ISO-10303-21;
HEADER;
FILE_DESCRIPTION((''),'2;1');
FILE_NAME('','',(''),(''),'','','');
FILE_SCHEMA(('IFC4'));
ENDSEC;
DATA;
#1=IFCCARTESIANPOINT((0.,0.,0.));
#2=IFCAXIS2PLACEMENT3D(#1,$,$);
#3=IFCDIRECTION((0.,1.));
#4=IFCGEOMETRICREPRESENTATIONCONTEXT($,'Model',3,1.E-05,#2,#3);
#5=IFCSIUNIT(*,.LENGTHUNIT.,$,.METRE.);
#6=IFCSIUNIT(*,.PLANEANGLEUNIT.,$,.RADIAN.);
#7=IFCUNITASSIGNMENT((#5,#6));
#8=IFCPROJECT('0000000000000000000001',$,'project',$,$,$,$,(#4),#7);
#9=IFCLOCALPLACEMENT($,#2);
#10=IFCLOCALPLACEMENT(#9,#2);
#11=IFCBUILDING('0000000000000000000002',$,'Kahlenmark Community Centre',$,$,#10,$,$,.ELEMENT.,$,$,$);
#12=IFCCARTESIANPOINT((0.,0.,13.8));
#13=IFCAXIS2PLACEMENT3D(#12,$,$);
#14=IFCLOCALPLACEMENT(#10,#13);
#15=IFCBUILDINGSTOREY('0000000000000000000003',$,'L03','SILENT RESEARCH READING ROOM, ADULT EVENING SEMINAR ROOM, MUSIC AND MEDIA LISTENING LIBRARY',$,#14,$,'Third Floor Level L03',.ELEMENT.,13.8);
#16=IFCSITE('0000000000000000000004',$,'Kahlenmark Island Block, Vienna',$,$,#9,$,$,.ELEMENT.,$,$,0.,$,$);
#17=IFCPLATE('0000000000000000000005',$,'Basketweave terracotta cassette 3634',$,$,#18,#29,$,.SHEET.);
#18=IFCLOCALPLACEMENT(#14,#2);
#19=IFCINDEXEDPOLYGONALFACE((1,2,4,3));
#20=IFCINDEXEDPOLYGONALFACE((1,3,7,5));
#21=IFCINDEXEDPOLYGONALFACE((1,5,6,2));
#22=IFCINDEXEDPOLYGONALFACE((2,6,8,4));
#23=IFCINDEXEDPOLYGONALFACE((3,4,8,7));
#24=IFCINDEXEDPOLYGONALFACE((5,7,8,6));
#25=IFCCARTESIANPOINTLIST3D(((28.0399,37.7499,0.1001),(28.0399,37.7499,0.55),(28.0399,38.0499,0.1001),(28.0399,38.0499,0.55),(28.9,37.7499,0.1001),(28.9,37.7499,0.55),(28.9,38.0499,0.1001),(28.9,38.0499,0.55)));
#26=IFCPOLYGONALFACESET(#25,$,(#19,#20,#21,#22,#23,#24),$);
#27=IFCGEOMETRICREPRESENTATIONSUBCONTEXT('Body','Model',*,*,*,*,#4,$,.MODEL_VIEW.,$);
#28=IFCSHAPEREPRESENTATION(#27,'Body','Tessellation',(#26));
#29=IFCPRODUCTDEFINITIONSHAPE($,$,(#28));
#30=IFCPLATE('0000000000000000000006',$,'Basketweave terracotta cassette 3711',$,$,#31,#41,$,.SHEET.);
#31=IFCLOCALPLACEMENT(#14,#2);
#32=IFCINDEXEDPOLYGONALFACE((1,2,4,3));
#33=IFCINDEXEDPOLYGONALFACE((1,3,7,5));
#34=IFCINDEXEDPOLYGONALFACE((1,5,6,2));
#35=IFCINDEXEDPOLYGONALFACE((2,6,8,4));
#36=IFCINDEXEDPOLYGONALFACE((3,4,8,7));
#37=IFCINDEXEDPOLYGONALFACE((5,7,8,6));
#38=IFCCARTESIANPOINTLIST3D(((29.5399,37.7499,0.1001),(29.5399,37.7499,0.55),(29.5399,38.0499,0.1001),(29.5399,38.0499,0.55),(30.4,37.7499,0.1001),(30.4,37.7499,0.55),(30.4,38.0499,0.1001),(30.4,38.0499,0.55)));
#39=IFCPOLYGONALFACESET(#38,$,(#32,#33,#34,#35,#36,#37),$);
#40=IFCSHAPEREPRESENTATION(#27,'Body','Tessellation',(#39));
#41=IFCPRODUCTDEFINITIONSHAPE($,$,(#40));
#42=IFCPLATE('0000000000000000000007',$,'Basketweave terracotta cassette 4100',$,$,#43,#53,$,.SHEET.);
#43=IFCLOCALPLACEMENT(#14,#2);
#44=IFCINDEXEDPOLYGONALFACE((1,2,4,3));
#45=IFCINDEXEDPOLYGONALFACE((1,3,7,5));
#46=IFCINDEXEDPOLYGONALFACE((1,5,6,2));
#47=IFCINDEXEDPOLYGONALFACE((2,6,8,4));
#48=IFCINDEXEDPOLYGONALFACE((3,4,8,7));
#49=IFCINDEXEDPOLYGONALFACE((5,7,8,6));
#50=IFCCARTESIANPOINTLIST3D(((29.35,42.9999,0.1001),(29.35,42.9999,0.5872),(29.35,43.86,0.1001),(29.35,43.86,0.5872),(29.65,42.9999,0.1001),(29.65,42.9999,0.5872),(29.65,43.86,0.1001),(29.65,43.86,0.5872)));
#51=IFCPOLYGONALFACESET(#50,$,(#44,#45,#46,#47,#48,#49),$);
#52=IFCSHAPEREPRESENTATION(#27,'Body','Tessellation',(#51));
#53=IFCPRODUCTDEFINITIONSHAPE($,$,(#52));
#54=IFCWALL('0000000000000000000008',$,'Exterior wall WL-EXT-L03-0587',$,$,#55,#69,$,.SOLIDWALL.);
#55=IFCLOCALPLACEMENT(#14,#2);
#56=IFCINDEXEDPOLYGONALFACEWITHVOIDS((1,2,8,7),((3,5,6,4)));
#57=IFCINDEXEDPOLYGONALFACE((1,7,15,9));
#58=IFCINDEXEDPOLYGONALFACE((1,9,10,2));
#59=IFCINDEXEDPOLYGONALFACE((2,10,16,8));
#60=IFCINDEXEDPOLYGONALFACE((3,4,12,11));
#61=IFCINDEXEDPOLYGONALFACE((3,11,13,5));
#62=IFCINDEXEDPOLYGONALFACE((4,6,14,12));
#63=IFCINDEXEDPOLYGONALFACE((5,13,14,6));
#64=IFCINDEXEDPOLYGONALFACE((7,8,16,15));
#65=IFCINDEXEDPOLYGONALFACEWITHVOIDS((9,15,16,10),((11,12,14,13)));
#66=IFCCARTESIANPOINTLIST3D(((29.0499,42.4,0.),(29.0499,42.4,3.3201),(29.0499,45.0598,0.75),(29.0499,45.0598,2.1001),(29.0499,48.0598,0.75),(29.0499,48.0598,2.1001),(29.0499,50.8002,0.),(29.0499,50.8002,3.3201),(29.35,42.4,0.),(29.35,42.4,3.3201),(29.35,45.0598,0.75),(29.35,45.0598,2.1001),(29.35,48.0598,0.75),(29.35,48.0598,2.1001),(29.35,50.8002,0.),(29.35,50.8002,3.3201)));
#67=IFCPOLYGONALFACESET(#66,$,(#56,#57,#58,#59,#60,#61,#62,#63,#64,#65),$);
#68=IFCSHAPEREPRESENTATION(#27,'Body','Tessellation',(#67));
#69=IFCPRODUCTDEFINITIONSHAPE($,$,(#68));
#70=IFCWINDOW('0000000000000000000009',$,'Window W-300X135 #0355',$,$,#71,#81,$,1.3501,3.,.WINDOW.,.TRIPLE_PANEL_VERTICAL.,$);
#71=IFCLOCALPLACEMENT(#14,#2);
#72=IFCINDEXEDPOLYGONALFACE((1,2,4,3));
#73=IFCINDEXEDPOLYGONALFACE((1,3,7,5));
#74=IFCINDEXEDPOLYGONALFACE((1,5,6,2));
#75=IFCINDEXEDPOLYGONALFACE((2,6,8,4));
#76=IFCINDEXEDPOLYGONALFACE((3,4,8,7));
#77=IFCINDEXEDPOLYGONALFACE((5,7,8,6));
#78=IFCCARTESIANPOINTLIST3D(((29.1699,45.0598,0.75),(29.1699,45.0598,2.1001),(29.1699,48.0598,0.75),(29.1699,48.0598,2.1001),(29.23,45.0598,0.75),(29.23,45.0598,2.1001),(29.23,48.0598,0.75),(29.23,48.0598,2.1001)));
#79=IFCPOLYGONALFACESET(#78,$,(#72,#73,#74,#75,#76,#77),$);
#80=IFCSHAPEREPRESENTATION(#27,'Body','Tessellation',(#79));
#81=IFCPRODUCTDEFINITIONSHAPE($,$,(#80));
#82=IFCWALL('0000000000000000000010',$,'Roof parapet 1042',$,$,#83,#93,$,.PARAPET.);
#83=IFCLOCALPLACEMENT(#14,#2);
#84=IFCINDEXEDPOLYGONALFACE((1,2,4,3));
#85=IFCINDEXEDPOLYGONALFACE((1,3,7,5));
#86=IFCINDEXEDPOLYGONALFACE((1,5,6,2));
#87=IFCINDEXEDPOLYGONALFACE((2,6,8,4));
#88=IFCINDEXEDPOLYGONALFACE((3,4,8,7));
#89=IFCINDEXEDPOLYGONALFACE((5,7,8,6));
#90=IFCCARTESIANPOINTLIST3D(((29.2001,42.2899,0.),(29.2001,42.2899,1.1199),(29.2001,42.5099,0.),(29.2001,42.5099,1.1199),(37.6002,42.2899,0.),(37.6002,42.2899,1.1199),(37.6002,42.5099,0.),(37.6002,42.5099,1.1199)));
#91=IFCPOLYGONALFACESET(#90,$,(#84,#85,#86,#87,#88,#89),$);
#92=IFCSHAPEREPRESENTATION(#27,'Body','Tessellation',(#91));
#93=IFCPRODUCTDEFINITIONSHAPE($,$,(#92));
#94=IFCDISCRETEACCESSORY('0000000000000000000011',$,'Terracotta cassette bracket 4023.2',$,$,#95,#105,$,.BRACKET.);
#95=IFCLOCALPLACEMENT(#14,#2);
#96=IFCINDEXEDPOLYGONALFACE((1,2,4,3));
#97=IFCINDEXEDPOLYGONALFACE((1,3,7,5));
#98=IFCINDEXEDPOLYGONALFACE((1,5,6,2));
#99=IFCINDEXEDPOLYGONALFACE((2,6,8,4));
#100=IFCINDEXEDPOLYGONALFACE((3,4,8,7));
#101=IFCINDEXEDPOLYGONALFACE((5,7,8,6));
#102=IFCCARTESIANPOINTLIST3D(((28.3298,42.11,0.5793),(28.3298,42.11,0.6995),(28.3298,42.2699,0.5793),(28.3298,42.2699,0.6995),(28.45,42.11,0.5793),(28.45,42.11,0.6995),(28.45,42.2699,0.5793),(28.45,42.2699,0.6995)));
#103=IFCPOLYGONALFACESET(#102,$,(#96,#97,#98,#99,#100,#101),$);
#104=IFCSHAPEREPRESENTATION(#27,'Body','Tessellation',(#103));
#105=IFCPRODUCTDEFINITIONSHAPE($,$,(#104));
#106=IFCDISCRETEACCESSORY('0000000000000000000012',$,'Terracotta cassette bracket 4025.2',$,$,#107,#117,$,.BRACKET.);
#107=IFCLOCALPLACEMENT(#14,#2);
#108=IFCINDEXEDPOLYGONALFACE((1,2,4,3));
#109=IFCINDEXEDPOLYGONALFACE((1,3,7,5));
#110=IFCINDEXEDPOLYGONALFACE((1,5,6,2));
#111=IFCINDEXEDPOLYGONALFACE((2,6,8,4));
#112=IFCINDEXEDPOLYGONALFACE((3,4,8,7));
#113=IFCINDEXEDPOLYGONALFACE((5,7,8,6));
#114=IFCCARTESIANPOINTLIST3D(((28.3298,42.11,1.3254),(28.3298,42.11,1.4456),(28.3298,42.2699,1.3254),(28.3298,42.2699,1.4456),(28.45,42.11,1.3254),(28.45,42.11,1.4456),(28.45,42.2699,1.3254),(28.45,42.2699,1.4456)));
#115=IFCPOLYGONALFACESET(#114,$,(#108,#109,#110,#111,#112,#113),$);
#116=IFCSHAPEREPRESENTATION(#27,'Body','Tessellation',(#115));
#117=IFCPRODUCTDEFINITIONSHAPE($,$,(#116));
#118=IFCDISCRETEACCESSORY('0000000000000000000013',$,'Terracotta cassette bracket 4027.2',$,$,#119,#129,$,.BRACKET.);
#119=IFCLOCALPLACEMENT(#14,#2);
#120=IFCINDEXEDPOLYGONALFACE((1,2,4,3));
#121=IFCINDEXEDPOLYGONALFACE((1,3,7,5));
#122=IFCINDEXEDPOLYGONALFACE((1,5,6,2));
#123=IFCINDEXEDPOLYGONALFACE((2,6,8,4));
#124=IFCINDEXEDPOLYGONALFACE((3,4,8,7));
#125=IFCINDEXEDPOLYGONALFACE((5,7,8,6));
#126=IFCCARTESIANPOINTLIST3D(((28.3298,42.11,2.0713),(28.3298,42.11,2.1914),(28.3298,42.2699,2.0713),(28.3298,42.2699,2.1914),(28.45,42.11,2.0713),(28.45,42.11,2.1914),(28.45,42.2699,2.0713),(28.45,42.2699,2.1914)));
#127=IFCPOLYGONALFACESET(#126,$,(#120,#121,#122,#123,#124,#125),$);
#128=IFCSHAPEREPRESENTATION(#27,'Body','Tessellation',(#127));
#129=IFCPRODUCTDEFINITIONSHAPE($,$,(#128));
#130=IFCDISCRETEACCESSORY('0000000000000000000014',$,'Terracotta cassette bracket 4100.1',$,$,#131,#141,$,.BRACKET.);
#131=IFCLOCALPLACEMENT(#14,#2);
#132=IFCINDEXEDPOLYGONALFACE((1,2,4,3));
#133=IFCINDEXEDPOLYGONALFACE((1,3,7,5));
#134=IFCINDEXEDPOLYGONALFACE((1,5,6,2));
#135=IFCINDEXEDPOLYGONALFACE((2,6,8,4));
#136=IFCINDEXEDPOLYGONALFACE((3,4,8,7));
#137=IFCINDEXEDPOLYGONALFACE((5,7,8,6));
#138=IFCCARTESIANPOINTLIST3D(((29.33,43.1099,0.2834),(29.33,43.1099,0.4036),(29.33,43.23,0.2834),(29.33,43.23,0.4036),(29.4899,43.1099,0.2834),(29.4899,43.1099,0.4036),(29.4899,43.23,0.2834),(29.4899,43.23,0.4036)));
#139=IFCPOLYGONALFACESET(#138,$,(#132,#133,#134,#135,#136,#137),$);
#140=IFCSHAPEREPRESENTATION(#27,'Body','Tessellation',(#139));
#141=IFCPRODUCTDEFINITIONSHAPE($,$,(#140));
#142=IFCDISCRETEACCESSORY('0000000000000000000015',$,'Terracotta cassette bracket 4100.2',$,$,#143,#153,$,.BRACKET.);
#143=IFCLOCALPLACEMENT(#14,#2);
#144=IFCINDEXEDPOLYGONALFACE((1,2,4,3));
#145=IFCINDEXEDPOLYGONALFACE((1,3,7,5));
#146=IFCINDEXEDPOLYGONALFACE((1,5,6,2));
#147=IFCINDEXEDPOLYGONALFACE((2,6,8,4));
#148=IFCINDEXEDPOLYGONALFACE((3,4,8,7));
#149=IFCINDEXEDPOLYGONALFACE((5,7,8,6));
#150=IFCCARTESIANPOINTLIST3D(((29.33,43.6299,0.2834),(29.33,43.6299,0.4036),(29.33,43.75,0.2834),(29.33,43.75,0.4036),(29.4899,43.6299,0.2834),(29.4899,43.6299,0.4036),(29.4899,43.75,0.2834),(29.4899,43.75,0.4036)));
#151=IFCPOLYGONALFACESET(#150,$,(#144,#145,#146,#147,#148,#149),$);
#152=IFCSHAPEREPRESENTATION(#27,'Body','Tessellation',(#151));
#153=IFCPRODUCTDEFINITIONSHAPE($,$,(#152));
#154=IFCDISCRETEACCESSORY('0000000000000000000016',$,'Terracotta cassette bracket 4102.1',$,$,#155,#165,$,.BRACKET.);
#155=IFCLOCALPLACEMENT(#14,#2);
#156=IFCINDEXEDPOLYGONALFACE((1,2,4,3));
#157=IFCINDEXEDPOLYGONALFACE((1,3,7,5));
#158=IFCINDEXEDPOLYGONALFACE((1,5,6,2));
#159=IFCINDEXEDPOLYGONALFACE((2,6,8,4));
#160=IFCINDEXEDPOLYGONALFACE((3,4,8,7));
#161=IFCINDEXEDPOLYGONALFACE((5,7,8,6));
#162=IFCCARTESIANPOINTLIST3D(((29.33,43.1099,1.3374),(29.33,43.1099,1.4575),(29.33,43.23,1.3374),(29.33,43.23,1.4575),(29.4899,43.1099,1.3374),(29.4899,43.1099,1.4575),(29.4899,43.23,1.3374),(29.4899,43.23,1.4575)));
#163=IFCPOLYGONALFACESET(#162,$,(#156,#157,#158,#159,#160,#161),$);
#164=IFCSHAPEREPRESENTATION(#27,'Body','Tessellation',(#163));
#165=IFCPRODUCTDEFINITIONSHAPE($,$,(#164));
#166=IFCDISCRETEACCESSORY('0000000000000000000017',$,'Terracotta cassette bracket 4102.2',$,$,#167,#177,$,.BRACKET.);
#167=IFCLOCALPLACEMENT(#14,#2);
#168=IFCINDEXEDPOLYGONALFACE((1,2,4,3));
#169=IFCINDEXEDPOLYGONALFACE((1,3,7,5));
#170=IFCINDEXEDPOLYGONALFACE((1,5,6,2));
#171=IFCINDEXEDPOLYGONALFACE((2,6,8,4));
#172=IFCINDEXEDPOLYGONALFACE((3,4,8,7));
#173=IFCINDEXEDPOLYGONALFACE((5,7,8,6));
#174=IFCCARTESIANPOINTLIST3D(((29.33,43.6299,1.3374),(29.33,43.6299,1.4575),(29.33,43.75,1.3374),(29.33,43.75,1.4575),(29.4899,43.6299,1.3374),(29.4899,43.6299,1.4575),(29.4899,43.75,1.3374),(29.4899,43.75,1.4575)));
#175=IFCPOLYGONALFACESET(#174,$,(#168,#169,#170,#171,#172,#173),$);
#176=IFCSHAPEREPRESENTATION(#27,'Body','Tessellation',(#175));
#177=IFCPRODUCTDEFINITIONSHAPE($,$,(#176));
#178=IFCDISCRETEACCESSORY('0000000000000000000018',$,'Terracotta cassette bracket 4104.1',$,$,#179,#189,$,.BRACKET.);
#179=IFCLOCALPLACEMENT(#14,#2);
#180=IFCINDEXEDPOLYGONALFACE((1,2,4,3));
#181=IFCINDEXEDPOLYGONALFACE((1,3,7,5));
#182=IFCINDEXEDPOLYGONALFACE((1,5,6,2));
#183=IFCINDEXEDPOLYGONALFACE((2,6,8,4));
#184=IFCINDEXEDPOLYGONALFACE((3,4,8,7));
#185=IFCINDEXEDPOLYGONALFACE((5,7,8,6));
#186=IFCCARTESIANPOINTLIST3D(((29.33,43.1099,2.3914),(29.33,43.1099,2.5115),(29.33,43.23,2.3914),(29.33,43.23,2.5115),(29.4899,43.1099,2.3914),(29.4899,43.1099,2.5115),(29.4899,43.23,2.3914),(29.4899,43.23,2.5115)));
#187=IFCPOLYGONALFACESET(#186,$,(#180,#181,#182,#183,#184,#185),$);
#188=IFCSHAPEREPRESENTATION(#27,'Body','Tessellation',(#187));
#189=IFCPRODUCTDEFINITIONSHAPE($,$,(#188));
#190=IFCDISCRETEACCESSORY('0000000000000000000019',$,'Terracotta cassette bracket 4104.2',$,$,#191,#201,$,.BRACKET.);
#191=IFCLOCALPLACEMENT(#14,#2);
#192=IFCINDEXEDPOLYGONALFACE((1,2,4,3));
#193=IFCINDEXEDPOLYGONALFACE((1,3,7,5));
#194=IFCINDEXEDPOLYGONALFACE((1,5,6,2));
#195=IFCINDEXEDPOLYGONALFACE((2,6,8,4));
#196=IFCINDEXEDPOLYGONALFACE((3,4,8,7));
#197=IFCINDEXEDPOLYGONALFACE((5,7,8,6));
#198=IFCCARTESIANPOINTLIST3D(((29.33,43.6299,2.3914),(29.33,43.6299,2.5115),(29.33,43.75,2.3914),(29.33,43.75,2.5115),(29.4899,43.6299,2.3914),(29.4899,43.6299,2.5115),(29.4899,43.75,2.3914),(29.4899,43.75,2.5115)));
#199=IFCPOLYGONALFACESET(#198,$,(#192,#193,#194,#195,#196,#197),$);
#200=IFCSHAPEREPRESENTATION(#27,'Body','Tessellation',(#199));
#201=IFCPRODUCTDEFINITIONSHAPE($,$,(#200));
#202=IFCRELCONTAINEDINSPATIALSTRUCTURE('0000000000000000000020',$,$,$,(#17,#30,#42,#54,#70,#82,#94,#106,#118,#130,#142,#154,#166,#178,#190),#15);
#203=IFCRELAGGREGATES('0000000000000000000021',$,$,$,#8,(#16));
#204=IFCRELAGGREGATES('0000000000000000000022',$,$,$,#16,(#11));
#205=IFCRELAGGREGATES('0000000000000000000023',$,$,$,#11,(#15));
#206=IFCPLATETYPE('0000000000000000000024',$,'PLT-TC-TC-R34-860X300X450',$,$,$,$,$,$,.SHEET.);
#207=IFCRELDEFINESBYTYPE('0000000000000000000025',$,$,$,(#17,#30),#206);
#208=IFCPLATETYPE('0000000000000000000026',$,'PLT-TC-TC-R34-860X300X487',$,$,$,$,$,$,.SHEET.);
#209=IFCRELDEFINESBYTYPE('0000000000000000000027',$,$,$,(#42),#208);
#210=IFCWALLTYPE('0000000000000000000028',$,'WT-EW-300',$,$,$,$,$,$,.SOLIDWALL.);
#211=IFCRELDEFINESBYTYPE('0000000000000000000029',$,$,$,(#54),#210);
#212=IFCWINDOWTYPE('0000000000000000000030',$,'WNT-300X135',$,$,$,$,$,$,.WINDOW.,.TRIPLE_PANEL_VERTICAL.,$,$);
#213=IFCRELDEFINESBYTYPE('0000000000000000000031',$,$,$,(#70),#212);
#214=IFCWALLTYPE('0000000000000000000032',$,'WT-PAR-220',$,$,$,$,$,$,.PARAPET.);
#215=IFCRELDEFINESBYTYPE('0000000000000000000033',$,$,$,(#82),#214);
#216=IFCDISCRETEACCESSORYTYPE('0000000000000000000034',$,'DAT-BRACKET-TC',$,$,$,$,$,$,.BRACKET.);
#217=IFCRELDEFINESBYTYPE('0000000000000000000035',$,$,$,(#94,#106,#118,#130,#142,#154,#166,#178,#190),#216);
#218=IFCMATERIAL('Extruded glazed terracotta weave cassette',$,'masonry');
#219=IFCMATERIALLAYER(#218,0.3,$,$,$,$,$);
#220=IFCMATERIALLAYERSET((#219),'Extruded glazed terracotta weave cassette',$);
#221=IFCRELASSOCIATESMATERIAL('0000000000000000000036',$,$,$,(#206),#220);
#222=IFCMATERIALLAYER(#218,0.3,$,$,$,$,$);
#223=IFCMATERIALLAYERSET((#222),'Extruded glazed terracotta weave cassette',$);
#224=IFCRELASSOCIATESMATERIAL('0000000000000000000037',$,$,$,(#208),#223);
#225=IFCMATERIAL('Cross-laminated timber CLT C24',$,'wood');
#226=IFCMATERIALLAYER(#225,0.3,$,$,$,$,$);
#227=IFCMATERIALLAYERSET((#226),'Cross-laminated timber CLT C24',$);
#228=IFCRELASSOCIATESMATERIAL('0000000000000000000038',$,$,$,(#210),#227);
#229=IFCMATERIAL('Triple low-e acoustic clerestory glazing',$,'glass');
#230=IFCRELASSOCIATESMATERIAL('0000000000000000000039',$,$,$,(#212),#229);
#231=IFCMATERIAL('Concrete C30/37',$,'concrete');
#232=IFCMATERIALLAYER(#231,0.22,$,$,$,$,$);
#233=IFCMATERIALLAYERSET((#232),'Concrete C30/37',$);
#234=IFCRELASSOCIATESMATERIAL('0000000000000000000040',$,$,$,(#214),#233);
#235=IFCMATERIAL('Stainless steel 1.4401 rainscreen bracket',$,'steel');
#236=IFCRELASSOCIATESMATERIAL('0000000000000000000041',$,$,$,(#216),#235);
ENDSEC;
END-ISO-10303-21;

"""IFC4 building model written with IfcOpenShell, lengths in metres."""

from ifc_helpers import new_model, si_unit, direction, frame, frame_2d, origin, origin_2d, place, context, subcontext, project, spatial, rectangle, extrude, material, layer, layer_set, type_object, element, fill, save


model = new_model("IFC4")

# Units and contexts
model_context = context("Model", 3, precision=1e-05, world=origin(), true_north=direction((0.0, 1.0)))
body_context = subcontext(model_context, "Body", "Model", "MODEL_VIEW")
ifc_project = project(units=[si_unit("LENGTHUNIT", "METRE"), si_unit("PLANEANGLEUNIT", "RADIAN")], contexts=[model_context])

# Site, building, storey
site_placement = place(None, origin())
site = spatial("IfcSite", under=ifc_project, at=site_placement, Name="Kahlenmark Island Block, Vienna", CompositionType="ELEMENT", RefElevation=0.0)
building_placement = place(site_placement, origin())
building = spatial("IfcBuilding", under=site, at=building_placement, Name="Kahlenmark Community Centre", CompositionType="ELEMENT")
storey_placement = place(building_placement, frame((0.0, 0.0, 13.8)))
storey = spatial("IfcBuildingStorey", under=building, at=storey_placement, Name="L03", Description="SILENT RESEARCH READING ROOM, ADULT EVENING SEMINAR ROOM, MUSIC AND MEDIA LISTENING LIBRARY", LongName="Third Floor Level L03", CompositionType="ELEMENT", Elevation=13.8)

# Plates
ifc_material_1 = material(Name="Extruded glazed terracotta weave cassette", Category="masonry")
ifc_layer_1 = layer(ifc_material_1, 0.3)
ifc_layer_set_1 = layer_set([ifc_layer_1], Name="Extruded glazed terracotta weave cassette")
plate_type_1 = type_object("IfcPlateType", Name="PLT-TC-TC-R34-860X300X450", PredefinedType="SHEET", material=ifc_layer_set_1)
for number, where, z_axis, x_axis, name in (
    (1, (28.47, 37.8999, 0.1001), (0.0, 0.0, 1.0), (-1.0, 0.0, 0.0), "Basketweave terracotta cassette 3634"),
    (2, (29.97, 37.8999, 0.1001), (0.0, 0.0, 1.0), (-1.0, 0.0, 0.0), "Basketweave terracotta cassette 3711"),
):
    element("IfcPlate", number, at=place(storey_placement, frame(where, z_axis=z_axis, x_axis=x_axis)), inside=storey, type_object=plate_type_1, Name=name, PredefinedType="SHEET", context=body_context, shape_type="SweptSolid", body=[
        extrude(rectangle(XDim=0.8601, YDim=0.3, at=origin_2d()), origin(), (0.0, 0.0, 1.0), 0.45),
    ])
ifc_layer_2 = layer(ifc_material_1, 0.3)
ifc_layer_set_2 = layer_set([ifc_layer_2], Name="Extruded glazed terracotta weave cassette")
plate_type_2 = type_object("IfcPlateType", Name="PLT-TC-TC-R34-860X300X487", PredefinedType="SHEET", material=ifc_layer_set_2)
plate_1_placement = place(storey_placement, frame((29.5, 43.4299, 0.1001), z_axis=(0.0, 0.0, 1.0), x_axis=(0.0, 1.0, 0.0)))
element("IfcPlate", 3, at=plate_1_placement, inside=storey, type_object=plate_type_2, Name="Basketweave terracotta cassette 4100", PredefinedType="SHEET", context=body_context, shape_type="SweptSolid", body=[
    extrude(rectangle(XDim=0.8601, YDim=0.3, at=origin_2d()), origin(), (0.0, 0.0, 1.0), 0.4871),
])

# Wall, opening, window
ifc_material_2 = material(Name="Cross-laminated timber CLT C24", Category="wood")
ifc_layer_3 = layer(ifc_material_2, 0.3)
ifc_layer_set_3 = layer_set([ifc_layer_3], Name="Cross-laminated timber CLT C24")
wall_type_1 = type_object("IfcWallType", Name="WT-EW-300", PredefinedType="SOLIDWALL", material=ifc_layer_set_3)
wall_1_placement = place(storey_placement, frame((29.2, 42.3999, 0.0), z_axis=(0.0, 0.0, 1.0), x_axis=(0.0, 1.0, 0.0)))
wall_1 = element("IfcWall", 4, at=wall_1_placement, inside=storey, type_object=wall_type_1, Name="Exterior wall WL-EXT-L03-0587", PredefinedType="SOLIDWALL", context=body_context, shape_type="SweptSolid", body=[
    extrude(rectangle(XDim=8.4001, YDim=0.3, at=frame_2d((4.2002, 0.0))), origin(), (0.0, 0.0, 1.0), 3.3201),
])
opening_placement = place(wall_1_placement, frame((2.6599, 0.0, 0.75)))
opening = element("IfcOpeningElement", 5, at=opening_placement, cuts=wall_1, PredefinedType="OPENING", context=body_context, shape_type="SweptSolid", body=[
    extrude(rectangle(XDim=3.0, YDim=1.3501, at=frame_2d((1.5, 0.675))), frame((0.0, 0.1599, 0.0), z_axis=(0.0, -1.0, 0.0), x_axis=(1.0, 0.0, 0.0)), (0.0, 0.0, 1.0), 0.3201),
])
ifc_material_3 = material(Name="Triple low-e acoustic clerestory glazing", Category="glass")
window_type = type_object("IfcWindowType", Name="WNT-300X135", PartitioningType="TRIPLE_PANEL_VERTICAL", PredefinedType="WINDOW", material=ifc_material_3)
window_placement = place(opening_placement, origin())
window = element("IfcWindow", 6, at=window_placement, inside=storey, type_object=window_type, Name="Window W-300X135 #0355", OverallHeight=1.3501, OverallWidth=3.0, PartitioningType="TRIPLE_PANEL_VERTICAL", PredefinedType="WINDOW", context=body_context, shape_type="SweptSolid", body=[
    extrude(rectangle(XDim=3.0, YDim=1.3501, at=frame_2d((1.5, 0.675))), frame((0.0, 0.03, 0.0), z_axis=(0.0, -1.0, 0.0), x_axis=(1.0, 0.0, 0.0)), (0.0, 0.0, 1.0), 0.0601),
])
fill(opening, window)

# Wall
ifc_material_4 = material(Name="Concrete C30/37", Category="concrete")
ifc_layer_4 = layer(ifc_material_4, 0.22)
ifc_layer_set_4 = layer_set([ifc_layer_4], Name="Concrete C30/37")
wall_type_2 = type_object("IfcWallType", Name="WT-PAR-220", PredefinedType="PARAPET", material=ifc_layer_set_4)
wall_2_placement = place(storey_placement, frame((29.2, 42.3999, 0.0), z_axis=(0.0, 0.0, 1.0), x_axis=(1.0, 0.0, 0.0)))
element("IfcWall", 7, at=wall_2_placement, inside=storey, type_object=wall_type_2, Name="Roof parapet 1042", PredefinedType="PARAPET", context=body_context, shape_type="SweptSolid", body=[
    extrude(rectangle(XDim=8.4001, YDim=0.22, at=frame_2d((4.2002, 0.0))), origin(), (0.0, 0.0, 1.0), 1.1199),
])

# Discrete accessories
ifc_material_5 = material(Name="Stainless steel 1.4401 rainscreen bracket", Category="steel")
discrete_accessory_type = type_object("IfcDiscreteAccessoryType", Name="DAT-BRACKET-TC", PredefinedType="BRACKET", material=ifc_material_5)
for number, where, z_axis, x_axis, name in (
    (8, (28.3899, 42.1899, 0.5793), (0.0, 0.0, 1.0), (1.0, 0.0, 0.0), "Terracotta cassette bracket 4023.2"),
    (9, (28.3899, 42.1899, 1.3254), (0.0, 0.0, 1.0), (1.0, 0.0, 0.0), "Terracotta cassette bracket 4025.2"),
    (10, (28.3899, 42.1899, 2.0713), (0.0, 0.0, 1.0), (1.0, 0.0, 0.0), "Terracotta cassette bracket 4027.2"),
    (11, (29.4099, 43.1699, 0.2834), (0.0, 0.0, 1.0), (0.0, 1.0, 0.0), "Terracotta cassette bracket 4100.1"),
    (12, (29.4099, 43.6899, 0.2834), (0.0, 0.0, 1.0), (0.0, 1.0, 0.0), "Terracotta cassette bracket 4100.2"),
    (13, (29.4099, 43.1699, 1.3374), (0.0, 0.0, 1.0), (0.0, 1.0, 0.0), "Terracotta cassette bracket 4102.1"),
    (14, (29.4099, 43.6899, 1.3374), (0.0, 0.0, 1.0), (0.0, 1.0, 0.0), "Terracotta cassette bracket 4102.2"),
    (15, (29.4099, 43.1699, 2.3914), (0.0, 0.0, 1.0), (0.0, 1.0, 0.0), "Terracotta cassette bracket 4104.1"),
    (16, (29.4099, 43.6899, 2.3914), (0.0, 0.0, 1.0), (0.0, 1.0, 0.0), "Terracotta cassette bracket 4104.2"),
):
    element("IfcDiscreteAccessory", number, at=place(storey_placement, frame(where, z_axis=z_axis, x_axis=x_axis)), inside=storey, type_object=discrete_accessory_type, Name=name, PredefinedType="BRACKET", context=body_context, shape_type="SweptSolid", body=[
        extrude(rectangle(XDim=0.1201, YDim=0.1599, at=origin_2d()), origin(), (0.0, 0.0, 1.0), 0.1201),
    ])

save(model, "model.ifc")
